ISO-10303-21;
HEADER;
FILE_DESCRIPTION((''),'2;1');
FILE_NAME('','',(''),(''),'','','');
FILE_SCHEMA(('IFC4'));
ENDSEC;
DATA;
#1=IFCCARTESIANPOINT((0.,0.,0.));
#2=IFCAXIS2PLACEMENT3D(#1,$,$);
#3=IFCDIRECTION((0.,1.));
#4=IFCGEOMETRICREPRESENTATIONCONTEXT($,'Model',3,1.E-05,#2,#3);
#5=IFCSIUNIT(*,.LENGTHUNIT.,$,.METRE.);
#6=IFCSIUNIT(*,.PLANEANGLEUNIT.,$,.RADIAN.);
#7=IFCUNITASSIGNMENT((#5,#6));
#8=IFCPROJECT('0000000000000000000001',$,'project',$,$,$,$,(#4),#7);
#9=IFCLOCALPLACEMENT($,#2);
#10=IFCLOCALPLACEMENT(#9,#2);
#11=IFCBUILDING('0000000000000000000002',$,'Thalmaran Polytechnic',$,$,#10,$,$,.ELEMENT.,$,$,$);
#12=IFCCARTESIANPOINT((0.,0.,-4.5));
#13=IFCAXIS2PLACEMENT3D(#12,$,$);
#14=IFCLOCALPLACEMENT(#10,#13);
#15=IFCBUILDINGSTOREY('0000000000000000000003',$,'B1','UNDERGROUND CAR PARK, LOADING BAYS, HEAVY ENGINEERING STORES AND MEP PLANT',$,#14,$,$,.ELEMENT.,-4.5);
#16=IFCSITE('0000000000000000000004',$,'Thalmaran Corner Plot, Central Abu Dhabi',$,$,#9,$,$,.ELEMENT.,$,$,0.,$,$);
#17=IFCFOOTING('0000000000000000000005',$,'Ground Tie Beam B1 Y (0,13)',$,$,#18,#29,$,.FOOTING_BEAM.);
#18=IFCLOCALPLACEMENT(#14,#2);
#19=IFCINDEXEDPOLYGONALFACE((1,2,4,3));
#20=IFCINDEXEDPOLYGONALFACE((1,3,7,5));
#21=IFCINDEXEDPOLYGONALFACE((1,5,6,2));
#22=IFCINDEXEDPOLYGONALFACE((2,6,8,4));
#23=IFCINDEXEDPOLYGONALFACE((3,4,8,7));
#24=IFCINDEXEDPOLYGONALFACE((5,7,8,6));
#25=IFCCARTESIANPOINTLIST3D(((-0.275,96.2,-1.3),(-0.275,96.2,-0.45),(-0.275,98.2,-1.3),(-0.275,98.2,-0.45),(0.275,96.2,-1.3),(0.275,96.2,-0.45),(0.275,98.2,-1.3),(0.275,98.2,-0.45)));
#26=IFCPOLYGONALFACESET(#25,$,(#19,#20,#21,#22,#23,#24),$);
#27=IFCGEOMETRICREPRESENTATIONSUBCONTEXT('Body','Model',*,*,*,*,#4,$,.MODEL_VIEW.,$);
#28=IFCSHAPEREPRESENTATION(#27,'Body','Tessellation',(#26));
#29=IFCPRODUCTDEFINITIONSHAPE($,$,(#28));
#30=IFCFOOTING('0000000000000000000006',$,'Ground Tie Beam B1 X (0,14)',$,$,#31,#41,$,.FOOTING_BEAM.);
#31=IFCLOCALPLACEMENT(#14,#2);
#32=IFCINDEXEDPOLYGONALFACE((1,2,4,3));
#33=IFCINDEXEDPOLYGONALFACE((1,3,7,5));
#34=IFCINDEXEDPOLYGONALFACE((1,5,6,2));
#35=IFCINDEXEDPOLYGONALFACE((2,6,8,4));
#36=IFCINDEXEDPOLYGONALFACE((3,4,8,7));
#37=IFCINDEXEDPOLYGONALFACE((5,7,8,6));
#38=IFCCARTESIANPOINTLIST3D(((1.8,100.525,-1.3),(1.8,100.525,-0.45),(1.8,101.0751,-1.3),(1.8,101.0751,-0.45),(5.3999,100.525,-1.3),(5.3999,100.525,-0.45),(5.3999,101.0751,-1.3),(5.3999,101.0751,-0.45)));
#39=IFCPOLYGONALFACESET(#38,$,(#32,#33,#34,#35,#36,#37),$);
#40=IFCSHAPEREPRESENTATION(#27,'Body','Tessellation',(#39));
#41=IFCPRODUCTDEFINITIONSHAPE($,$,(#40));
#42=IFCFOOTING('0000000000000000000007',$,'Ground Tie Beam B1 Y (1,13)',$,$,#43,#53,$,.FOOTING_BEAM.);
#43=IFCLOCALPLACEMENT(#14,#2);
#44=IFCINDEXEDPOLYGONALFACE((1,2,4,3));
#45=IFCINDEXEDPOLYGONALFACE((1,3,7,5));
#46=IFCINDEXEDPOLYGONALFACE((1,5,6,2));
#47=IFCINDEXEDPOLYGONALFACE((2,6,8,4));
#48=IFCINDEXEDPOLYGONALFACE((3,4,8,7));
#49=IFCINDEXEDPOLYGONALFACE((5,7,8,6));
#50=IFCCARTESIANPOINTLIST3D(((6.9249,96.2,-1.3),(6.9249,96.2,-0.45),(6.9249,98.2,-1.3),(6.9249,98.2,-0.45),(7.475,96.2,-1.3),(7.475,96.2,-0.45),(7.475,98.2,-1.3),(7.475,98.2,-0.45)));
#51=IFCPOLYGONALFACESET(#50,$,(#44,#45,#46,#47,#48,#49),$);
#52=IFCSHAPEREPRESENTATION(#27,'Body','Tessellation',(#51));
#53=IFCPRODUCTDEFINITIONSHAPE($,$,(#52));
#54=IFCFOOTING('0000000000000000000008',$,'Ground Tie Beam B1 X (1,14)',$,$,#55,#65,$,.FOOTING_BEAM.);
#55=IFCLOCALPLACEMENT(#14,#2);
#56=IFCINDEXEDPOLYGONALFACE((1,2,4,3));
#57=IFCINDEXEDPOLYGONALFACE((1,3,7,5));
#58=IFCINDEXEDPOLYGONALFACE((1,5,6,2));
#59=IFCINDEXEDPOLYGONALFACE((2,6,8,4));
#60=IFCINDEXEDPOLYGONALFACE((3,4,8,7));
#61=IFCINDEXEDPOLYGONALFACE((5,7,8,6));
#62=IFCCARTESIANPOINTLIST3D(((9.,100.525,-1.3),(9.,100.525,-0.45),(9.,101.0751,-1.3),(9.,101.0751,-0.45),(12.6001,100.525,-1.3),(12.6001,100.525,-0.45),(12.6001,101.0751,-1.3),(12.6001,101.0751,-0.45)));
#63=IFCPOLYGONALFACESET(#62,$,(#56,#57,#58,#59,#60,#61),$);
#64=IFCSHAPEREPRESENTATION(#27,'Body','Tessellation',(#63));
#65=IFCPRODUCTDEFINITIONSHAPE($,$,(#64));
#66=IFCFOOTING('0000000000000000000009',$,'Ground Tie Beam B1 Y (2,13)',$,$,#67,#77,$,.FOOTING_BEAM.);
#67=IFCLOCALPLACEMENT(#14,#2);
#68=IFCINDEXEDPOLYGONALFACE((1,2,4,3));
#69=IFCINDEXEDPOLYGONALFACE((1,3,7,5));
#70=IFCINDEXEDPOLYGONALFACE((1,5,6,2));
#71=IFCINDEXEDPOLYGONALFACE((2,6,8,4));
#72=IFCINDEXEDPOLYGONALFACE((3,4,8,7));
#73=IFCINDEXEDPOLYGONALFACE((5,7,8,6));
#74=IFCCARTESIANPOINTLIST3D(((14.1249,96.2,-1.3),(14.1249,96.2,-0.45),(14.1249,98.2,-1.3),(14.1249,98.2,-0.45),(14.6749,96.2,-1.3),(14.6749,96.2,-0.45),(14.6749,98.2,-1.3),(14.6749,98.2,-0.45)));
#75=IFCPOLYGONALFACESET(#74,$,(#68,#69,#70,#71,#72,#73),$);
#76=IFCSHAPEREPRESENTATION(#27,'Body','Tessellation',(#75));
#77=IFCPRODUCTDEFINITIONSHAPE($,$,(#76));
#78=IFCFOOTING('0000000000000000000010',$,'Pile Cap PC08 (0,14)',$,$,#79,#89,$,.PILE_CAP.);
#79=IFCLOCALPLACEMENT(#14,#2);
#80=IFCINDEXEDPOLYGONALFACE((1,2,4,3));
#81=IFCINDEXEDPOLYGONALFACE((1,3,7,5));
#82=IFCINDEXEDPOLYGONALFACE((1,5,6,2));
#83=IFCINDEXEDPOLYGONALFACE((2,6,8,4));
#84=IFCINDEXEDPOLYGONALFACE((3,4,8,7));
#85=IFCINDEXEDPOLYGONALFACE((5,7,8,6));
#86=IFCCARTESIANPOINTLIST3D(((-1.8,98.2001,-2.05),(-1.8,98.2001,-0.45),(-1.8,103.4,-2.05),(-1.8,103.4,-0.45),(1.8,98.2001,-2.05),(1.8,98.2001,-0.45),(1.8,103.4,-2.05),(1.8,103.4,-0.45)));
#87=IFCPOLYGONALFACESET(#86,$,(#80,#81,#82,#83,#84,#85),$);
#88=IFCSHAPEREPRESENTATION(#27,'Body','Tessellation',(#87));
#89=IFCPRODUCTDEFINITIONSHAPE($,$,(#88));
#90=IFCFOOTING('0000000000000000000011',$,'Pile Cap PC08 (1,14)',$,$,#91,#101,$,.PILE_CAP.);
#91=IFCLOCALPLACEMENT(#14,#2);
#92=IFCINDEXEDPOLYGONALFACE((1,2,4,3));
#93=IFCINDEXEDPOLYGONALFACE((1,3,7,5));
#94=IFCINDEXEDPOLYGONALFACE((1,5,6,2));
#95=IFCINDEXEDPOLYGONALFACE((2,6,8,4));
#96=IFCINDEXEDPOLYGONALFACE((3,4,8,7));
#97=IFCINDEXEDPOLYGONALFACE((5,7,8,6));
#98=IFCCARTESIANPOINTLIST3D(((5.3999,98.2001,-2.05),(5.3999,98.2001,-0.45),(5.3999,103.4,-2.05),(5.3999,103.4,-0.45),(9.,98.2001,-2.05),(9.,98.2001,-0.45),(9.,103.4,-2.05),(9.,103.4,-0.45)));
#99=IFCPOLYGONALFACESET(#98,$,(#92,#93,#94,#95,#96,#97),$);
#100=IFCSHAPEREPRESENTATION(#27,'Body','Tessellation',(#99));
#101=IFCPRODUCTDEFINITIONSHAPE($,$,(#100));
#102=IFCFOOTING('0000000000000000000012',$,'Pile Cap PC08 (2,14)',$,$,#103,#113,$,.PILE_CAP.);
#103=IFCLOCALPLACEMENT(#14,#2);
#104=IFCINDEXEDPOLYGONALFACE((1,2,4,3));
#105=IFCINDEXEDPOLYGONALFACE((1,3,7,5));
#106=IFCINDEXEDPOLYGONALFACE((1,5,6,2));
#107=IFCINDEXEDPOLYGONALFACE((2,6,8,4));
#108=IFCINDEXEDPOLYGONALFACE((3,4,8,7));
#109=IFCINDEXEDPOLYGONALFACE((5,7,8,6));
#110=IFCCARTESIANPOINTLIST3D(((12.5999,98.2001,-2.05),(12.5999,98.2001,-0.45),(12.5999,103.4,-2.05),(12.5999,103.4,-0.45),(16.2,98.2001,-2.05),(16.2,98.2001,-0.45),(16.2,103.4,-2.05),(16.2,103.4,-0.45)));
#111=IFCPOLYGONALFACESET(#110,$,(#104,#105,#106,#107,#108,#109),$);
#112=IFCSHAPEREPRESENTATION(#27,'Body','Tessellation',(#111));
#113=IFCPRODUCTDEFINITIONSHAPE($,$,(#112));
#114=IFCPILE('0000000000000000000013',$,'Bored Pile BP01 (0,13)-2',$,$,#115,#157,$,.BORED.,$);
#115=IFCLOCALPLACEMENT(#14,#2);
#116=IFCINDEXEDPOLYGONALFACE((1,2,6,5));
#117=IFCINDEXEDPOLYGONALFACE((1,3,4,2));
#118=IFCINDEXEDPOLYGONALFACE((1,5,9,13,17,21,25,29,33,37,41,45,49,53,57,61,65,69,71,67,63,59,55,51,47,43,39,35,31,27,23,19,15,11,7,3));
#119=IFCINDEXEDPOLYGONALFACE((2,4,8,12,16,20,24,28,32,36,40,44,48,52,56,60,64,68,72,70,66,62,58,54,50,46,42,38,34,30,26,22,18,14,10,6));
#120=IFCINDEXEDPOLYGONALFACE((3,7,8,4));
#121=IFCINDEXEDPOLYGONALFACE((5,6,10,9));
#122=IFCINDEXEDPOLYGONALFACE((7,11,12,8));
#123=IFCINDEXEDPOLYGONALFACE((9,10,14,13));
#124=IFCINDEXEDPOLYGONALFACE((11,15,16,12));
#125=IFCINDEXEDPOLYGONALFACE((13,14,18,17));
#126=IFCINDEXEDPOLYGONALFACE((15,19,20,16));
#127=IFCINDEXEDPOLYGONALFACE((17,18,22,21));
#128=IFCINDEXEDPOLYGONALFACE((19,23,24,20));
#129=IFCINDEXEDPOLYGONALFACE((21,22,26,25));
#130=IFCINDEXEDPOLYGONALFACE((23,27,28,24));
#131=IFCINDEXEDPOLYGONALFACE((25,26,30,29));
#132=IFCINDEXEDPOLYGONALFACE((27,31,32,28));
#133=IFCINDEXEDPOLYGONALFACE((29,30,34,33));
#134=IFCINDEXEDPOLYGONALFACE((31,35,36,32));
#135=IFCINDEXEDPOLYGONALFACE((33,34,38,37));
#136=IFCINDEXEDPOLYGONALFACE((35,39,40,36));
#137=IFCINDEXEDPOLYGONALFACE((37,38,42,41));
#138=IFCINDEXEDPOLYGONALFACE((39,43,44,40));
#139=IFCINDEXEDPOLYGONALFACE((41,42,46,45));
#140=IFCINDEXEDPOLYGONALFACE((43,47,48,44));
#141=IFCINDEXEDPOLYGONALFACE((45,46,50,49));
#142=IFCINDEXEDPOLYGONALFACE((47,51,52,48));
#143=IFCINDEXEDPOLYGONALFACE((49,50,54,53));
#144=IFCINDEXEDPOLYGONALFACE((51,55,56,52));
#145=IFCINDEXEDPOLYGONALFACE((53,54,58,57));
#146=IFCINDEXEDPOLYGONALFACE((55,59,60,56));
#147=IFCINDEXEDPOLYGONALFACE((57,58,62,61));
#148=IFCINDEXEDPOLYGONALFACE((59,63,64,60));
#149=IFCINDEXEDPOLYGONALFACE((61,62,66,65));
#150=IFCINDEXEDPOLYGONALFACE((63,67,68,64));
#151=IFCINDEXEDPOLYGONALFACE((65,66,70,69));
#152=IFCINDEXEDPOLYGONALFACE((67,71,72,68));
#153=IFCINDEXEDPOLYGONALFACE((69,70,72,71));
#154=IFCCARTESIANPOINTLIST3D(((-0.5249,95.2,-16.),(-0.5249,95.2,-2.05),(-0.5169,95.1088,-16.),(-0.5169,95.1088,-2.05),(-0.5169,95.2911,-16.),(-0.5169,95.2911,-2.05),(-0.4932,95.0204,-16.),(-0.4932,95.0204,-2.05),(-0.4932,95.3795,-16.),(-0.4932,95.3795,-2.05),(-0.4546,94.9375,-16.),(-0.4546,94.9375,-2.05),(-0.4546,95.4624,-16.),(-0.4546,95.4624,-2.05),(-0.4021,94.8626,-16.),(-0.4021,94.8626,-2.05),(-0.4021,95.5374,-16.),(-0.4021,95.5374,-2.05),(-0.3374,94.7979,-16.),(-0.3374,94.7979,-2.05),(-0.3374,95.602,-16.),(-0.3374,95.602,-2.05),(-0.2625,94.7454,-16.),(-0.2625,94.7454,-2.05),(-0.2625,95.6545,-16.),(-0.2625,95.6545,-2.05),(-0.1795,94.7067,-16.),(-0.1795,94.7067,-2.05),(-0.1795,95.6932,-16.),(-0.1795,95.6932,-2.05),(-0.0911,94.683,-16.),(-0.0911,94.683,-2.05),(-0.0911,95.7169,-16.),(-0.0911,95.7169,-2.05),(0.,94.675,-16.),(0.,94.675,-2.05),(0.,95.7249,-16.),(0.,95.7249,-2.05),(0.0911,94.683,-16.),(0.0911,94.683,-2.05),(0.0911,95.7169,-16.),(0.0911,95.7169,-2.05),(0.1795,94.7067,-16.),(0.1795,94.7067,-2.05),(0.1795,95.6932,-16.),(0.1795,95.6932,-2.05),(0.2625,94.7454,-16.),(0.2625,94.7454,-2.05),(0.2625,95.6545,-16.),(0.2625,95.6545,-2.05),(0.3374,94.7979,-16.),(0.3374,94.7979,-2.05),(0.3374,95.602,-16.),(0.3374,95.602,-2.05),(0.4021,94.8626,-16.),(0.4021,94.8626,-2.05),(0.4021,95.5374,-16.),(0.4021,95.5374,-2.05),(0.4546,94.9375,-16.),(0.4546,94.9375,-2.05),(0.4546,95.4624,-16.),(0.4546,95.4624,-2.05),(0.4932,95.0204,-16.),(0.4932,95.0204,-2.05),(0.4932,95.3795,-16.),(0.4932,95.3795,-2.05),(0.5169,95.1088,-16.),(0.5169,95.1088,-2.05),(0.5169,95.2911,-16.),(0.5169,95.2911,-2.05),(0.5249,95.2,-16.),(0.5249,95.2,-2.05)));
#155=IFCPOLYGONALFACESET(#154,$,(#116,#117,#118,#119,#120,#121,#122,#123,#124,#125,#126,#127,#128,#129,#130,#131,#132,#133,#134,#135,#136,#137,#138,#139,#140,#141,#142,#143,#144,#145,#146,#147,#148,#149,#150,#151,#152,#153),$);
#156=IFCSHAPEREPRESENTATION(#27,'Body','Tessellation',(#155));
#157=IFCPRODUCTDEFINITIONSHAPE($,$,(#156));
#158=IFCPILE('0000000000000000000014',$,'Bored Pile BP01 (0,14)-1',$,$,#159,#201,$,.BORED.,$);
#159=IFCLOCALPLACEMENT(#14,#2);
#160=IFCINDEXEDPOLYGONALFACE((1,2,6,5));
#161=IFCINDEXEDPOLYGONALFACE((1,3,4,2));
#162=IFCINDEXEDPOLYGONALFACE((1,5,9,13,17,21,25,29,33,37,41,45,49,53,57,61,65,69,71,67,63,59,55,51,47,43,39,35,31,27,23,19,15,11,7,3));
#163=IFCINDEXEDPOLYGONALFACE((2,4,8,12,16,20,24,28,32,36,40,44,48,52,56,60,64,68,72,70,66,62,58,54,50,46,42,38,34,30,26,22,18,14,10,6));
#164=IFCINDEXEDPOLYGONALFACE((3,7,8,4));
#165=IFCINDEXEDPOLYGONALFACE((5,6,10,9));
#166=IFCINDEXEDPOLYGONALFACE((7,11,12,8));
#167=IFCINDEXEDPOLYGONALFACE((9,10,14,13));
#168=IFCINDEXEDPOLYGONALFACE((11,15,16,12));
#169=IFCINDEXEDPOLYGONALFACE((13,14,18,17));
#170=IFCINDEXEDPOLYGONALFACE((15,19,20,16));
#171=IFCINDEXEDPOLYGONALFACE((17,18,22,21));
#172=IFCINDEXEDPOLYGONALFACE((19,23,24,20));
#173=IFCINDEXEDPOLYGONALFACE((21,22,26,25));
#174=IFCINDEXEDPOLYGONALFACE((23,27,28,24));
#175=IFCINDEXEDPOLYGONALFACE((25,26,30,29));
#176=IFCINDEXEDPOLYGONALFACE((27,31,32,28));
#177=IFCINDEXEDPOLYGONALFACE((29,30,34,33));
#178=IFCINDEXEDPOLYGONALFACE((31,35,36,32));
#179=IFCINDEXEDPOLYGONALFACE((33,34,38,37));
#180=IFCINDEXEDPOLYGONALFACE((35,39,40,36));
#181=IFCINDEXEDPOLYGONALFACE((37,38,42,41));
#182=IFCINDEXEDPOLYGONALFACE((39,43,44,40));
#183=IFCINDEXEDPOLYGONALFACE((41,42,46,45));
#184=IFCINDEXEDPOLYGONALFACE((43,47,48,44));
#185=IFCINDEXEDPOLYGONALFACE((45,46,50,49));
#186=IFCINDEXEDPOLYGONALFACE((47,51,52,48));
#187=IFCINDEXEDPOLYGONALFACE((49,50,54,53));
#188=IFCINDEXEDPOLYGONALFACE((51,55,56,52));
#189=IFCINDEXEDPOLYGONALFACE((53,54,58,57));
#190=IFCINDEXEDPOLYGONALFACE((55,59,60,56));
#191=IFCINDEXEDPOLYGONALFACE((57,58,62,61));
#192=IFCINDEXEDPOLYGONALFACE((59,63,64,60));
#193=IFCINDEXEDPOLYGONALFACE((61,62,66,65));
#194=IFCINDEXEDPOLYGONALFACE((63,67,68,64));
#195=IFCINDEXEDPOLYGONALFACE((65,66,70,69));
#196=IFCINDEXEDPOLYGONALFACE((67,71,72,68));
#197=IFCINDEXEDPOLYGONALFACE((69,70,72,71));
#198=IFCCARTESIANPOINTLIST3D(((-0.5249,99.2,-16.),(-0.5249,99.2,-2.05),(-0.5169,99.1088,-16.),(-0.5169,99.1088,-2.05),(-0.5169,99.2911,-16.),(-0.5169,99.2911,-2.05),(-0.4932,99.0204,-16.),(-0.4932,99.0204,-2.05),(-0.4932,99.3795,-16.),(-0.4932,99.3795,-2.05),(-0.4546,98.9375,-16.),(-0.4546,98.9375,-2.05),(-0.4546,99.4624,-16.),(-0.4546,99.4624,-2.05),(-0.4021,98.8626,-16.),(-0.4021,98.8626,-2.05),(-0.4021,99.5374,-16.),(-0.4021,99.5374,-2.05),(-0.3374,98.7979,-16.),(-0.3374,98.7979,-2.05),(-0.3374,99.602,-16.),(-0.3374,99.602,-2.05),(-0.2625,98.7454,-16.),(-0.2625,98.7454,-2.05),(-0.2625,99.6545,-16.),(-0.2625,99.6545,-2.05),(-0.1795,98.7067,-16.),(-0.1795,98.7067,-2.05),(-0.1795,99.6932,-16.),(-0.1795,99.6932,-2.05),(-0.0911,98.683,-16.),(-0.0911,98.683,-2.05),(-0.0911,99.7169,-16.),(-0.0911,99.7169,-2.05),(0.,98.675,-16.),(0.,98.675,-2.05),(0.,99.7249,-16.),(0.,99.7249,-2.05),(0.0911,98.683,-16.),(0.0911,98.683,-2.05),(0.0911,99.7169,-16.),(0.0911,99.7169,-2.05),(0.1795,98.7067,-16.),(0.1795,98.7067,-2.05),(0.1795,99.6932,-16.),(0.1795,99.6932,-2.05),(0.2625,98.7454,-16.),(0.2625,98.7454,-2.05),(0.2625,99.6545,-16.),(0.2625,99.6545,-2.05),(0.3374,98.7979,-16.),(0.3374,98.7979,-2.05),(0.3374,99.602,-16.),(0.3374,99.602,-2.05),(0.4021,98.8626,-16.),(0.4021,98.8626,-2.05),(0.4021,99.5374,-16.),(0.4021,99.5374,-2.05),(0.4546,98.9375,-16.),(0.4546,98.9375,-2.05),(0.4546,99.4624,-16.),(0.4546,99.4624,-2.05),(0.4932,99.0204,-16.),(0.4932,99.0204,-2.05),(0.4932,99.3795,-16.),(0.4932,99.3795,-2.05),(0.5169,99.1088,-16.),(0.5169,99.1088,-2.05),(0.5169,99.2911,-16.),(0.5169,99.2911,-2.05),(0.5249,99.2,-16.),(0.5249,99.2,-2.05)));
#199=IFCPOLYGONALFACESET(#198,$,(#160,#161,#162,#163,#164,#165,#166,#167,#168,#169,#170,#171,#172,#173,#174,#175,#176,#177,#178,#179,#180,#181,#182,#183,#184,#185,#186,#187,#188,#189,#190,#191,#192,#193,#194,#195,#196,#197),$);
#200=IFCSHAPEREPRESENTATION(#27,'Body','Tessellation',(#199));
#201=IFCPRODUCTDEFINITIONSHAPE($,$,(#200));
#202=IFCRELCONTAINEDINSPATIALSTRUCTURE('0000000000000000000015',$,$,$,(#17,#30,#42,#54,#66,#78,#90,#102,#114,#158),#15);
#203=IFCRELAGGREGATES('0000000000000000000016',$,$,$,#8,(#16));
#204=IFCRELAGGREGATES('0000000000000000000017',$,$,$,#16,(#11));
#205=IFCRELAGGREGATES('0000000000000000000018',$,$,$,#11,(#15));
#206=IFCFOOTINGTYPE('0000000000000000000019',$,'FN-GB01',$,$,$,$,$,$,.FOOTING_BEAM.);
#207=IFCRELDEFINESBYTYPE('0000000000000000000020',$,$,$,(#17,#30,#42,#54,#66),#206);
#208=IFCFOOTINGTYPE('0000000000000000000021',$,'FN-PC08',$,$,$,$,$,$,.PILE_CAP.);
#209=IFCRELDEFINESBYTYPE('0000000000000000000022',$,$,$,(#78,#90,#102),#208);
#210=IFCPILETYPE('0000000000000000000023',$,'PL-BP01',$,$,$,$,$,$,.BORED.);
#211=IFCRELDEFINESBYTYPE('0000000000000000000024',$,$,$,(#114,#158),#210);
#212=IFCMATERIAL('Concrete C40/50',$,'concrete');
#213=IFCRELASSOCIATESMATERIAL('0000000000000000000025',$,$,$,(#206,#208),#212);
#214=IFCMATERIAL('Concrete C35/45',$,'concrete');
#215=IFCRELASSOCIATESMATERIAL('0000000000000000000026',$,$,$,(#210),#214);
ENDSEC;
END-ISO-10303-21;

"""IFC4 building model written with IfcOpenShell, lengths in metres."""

from ifc_helpers import new_model, si_unit, direction, frame, origin, origin_2d, place, context, subcontext, project, spatial, rectangle, circle, extrude, material, material_profile, profile_set, type_object, element, save


model = new_model("IFC4")

# Units and contexts
model_context = context("Model", 3, precision=1e-05, world=origin(), true_north=direction((0.0, 1.0)))
body_context = subcontext(model_context, "Body", "Model", "MODEL_VIEW")
ifc_project = project(units=[si_unit("LENGTHUNIT", "METRE"), si_unit("PLANEANGLEUNIT", "RADIAN")], contexts=[model_context])

# Site, building, storey
site_placement = place(None, origin())
site = spatial("IfcSite", under=ifc_project, at=site_placement, Name="Thalmaran Corner Plot, Central Abu Dhabi", CompositionType="ELEMENT", RefElevation=0.0)
building_placement = place(site_placement, origin())
building = spatial("IfcBuilding", under=site, at=building_placement, Name="Thalmaran Polytechnic", CompositionType="ELEMENT")
storey_placement = place(building_placement, frame((0.0, 0.0, -4.5)))
storey = spatial("IfcBuildingStorey", under=building, at=storey_placement, Name="B1", Description="UNDERGROUND CAR PARK, LOADING BAYS, HEAVY ENGINEERING STORES AND MEP PLANT", CompositionType="ELEMENT", Elevation=-4.5)

# Footings
ifc_material_1 = material(Name="Concrete C40/50", Category="concrete")
ifc_material_profile_1 = material_profile(ifc_material_1, rectangle(XDim=0.55, YDim=0.8501, at=origin_2d()), Name="RC 550x850")
ifc_profile_set_1 = profile_set([ifc_material_profile_1], Name="Concrete C40/50")
footing_type_1 = type_object("IfcFootingType", Name="FN-GB01", PredefinedType="FOOTING_BEAM", material=ifc_profile_set_1)
footing_1_placement = place(storey_placement, frame((0.0, 96.2, -0.875), z_axis=(0.0, 1.0, 0.0), x_axis=(-1.0, 0.0, 0.0)))
element("IfcFooting", 1, at=footing_1_placement, inside=storey, type_object=footing_type_1, Name="Ground Tie Beam B1 Y (0,13)", PredefinedType="FOOTING_BEAM", context=body_context, shape_type="SweptSolid", body=[
    extrude(rectangle(XDim=0.55, YDim=0.8501, at=origin_2d()), origin(), (0.0, 0.0, 1.0), 2.0),
])
footing_2_placement = place(storey_placement, frame((1.8, 100.8, -0.875), z_axis=(1.0, 0.0, 0.0), x_axis=(0.0, 1.0, 0.0)))
element("IfcFooting", 2, at=footing_2_placement, inside=storey, type_object=footing_type_1, Name="Ground Tie Beam B1 X (0,14)", PredefinedType="FOOTING_BEAM", context=body_context, shape_type="SweptSolid", body=[
    extrude(rectangle(XDim=0.55, YDim=0.8501, at=origin_2d()), origin(), (0.0, 0.0, 1.0), 3.5999),
])
footing_3_placement = place(storey_placement, frame((7.2, 96.2, -0.875), z_axis=(0.0, 1.0, 0.0), x_axis=(-1.0, 0.0, 0.0)))
element("IfcFooting", 3, at=footing_3_placement, inside=storey, type_object=footing_type_1, Name="Ground Tie Beam B1 Y (1,13)", PredefinedType="FOOTING_BEAM", context=body_context, shape_type="SweptSolid", body=[
    extrude(rectangle(XDim=0.55, YDim=0.8501, at=origin_2d()), origin(), (0.0, 0.0, 1.0), 2.0),
])
footing_4_placement = place(storey_placement, frame((9.0, 100.8, -0.875), z_axis=(1.0, 0.0, 0.0), x_axis=(0.0, 1.0, 0.0)))
element("IfcFooting", 4, at=footing_4_placement, inside=storey, type_object=footing_type_1, Name="Ground Tie Beam B1 X (1,14)", PredefinedType="FOOTING_BEAM", context=body_context, shape_type="SweptSolid", body=[
    extrude(rectangle(XDim=0.55, YDim=0.8501, at=origin_2d()), origin(), (0.0, 0.0, 1.0), 3.6001),
])
footing_5_placement = place(storey_placement, frame((14.3999, 96.2, -0.875), z_axis=(0.0, 1.0, 0.0), x_axis=(-1.0, 0.0, 0.0)))
element("IfcFooting", 5, at=footing_5_placement, inside=storey, type_object=footing_type_1, Name="Ground Tie Beam B1 Y (2,13)", PredefinedType="FOOTING_BEAM", context=body_context, shape_type="SweptSolid", body=[
    extrude(rectangle(XDim=0.55, YDim=0.8501, at=origin_2d()), origin(), (0.0, 0.0, 1.0), 2.0),
])
footing_type_2 = type_object("IfcFootingType", Name="FN-PC08", PredefinedType="PILE_CAP", material=ifc_material_1)
for number, where, z_axis, x_axis, name in (
    (6, (0.0, 100.8, -2.05), (0.0, 0.0, 1.0), (1.0, 0.0, 0.0), "Pile Cap PC08 (0,14)"),
    (7, (7.2, 100.8, -2.05), (0.0, 0.0, 1.0), (1.0, 0.0, 0.0), "Pile Cap PC08 (1,14)"),
    (8, (14.3999, 100.8, -2.05), (0.0, 0.0, 1.0), (1.0, 0.0, 0.0), "Pile Cap PC08 (2,14)"),
):
    element("IfcFooting", number, at=place(storey_placement, frame(where, z_axis=z_axis, x_axis=x_axis)), inside=storey, type_object=footing_type_2, Name=name, PredefinedType="PILE_CAP", context=body_context, shape_type="SweptSolid", body=[
        extrude(rectangle(XDim=3.6001, YDim=5.2, at=origin_2d()), origin(), (0.0, 0.0, 1.0), 1.6001),
    ])

# Piles
ifc_material_2 = material(Name="Concrete C35/45", Category="concrete")
ifc_material_profile_2 = material_profile(ifc_material_2, circle(Radius=0.5249, at=origin_2d()), Name="RC 1050 DIA")
ifc_profile_set_2 = profile_set([ifc_material_profile_2], Name="Concrete C35/45")
pile_type = type_object("IfcPileType", Name="PL-BP01", PredefinedType="BORED", material=ifc_profile_set_2)
for number, where, z_axis, x_axis, name in (
    (9, (0.0, 95.2, -2.05), (0.0, 0.0, -1.0), (1.0, 0.0, 0.0), "Bored Pile BP01 (0,13)-2"),
    (10, (0.0, 99.2, -2.05), (0.0, 0.0, -1.0), (1.0, 0.0, 0.0), "Bored Pile BP01 (0,14)-1"),
):
    element("IfcPile", number, at=place(storey_placement, frame(where, z_axis=z_axis, x_axis=x_axis)), inside=storey, type_object=pile_type, Name=name, PredefinedType="BORED", context=body_context, shape_type="SweptSolid", body=[
        extrude(circle(Radius=0.5249, at=origin_2d()), origin(), (0.0, 0.0, 1.0), 13.95),
    ])

save(model, "model.ifc")
